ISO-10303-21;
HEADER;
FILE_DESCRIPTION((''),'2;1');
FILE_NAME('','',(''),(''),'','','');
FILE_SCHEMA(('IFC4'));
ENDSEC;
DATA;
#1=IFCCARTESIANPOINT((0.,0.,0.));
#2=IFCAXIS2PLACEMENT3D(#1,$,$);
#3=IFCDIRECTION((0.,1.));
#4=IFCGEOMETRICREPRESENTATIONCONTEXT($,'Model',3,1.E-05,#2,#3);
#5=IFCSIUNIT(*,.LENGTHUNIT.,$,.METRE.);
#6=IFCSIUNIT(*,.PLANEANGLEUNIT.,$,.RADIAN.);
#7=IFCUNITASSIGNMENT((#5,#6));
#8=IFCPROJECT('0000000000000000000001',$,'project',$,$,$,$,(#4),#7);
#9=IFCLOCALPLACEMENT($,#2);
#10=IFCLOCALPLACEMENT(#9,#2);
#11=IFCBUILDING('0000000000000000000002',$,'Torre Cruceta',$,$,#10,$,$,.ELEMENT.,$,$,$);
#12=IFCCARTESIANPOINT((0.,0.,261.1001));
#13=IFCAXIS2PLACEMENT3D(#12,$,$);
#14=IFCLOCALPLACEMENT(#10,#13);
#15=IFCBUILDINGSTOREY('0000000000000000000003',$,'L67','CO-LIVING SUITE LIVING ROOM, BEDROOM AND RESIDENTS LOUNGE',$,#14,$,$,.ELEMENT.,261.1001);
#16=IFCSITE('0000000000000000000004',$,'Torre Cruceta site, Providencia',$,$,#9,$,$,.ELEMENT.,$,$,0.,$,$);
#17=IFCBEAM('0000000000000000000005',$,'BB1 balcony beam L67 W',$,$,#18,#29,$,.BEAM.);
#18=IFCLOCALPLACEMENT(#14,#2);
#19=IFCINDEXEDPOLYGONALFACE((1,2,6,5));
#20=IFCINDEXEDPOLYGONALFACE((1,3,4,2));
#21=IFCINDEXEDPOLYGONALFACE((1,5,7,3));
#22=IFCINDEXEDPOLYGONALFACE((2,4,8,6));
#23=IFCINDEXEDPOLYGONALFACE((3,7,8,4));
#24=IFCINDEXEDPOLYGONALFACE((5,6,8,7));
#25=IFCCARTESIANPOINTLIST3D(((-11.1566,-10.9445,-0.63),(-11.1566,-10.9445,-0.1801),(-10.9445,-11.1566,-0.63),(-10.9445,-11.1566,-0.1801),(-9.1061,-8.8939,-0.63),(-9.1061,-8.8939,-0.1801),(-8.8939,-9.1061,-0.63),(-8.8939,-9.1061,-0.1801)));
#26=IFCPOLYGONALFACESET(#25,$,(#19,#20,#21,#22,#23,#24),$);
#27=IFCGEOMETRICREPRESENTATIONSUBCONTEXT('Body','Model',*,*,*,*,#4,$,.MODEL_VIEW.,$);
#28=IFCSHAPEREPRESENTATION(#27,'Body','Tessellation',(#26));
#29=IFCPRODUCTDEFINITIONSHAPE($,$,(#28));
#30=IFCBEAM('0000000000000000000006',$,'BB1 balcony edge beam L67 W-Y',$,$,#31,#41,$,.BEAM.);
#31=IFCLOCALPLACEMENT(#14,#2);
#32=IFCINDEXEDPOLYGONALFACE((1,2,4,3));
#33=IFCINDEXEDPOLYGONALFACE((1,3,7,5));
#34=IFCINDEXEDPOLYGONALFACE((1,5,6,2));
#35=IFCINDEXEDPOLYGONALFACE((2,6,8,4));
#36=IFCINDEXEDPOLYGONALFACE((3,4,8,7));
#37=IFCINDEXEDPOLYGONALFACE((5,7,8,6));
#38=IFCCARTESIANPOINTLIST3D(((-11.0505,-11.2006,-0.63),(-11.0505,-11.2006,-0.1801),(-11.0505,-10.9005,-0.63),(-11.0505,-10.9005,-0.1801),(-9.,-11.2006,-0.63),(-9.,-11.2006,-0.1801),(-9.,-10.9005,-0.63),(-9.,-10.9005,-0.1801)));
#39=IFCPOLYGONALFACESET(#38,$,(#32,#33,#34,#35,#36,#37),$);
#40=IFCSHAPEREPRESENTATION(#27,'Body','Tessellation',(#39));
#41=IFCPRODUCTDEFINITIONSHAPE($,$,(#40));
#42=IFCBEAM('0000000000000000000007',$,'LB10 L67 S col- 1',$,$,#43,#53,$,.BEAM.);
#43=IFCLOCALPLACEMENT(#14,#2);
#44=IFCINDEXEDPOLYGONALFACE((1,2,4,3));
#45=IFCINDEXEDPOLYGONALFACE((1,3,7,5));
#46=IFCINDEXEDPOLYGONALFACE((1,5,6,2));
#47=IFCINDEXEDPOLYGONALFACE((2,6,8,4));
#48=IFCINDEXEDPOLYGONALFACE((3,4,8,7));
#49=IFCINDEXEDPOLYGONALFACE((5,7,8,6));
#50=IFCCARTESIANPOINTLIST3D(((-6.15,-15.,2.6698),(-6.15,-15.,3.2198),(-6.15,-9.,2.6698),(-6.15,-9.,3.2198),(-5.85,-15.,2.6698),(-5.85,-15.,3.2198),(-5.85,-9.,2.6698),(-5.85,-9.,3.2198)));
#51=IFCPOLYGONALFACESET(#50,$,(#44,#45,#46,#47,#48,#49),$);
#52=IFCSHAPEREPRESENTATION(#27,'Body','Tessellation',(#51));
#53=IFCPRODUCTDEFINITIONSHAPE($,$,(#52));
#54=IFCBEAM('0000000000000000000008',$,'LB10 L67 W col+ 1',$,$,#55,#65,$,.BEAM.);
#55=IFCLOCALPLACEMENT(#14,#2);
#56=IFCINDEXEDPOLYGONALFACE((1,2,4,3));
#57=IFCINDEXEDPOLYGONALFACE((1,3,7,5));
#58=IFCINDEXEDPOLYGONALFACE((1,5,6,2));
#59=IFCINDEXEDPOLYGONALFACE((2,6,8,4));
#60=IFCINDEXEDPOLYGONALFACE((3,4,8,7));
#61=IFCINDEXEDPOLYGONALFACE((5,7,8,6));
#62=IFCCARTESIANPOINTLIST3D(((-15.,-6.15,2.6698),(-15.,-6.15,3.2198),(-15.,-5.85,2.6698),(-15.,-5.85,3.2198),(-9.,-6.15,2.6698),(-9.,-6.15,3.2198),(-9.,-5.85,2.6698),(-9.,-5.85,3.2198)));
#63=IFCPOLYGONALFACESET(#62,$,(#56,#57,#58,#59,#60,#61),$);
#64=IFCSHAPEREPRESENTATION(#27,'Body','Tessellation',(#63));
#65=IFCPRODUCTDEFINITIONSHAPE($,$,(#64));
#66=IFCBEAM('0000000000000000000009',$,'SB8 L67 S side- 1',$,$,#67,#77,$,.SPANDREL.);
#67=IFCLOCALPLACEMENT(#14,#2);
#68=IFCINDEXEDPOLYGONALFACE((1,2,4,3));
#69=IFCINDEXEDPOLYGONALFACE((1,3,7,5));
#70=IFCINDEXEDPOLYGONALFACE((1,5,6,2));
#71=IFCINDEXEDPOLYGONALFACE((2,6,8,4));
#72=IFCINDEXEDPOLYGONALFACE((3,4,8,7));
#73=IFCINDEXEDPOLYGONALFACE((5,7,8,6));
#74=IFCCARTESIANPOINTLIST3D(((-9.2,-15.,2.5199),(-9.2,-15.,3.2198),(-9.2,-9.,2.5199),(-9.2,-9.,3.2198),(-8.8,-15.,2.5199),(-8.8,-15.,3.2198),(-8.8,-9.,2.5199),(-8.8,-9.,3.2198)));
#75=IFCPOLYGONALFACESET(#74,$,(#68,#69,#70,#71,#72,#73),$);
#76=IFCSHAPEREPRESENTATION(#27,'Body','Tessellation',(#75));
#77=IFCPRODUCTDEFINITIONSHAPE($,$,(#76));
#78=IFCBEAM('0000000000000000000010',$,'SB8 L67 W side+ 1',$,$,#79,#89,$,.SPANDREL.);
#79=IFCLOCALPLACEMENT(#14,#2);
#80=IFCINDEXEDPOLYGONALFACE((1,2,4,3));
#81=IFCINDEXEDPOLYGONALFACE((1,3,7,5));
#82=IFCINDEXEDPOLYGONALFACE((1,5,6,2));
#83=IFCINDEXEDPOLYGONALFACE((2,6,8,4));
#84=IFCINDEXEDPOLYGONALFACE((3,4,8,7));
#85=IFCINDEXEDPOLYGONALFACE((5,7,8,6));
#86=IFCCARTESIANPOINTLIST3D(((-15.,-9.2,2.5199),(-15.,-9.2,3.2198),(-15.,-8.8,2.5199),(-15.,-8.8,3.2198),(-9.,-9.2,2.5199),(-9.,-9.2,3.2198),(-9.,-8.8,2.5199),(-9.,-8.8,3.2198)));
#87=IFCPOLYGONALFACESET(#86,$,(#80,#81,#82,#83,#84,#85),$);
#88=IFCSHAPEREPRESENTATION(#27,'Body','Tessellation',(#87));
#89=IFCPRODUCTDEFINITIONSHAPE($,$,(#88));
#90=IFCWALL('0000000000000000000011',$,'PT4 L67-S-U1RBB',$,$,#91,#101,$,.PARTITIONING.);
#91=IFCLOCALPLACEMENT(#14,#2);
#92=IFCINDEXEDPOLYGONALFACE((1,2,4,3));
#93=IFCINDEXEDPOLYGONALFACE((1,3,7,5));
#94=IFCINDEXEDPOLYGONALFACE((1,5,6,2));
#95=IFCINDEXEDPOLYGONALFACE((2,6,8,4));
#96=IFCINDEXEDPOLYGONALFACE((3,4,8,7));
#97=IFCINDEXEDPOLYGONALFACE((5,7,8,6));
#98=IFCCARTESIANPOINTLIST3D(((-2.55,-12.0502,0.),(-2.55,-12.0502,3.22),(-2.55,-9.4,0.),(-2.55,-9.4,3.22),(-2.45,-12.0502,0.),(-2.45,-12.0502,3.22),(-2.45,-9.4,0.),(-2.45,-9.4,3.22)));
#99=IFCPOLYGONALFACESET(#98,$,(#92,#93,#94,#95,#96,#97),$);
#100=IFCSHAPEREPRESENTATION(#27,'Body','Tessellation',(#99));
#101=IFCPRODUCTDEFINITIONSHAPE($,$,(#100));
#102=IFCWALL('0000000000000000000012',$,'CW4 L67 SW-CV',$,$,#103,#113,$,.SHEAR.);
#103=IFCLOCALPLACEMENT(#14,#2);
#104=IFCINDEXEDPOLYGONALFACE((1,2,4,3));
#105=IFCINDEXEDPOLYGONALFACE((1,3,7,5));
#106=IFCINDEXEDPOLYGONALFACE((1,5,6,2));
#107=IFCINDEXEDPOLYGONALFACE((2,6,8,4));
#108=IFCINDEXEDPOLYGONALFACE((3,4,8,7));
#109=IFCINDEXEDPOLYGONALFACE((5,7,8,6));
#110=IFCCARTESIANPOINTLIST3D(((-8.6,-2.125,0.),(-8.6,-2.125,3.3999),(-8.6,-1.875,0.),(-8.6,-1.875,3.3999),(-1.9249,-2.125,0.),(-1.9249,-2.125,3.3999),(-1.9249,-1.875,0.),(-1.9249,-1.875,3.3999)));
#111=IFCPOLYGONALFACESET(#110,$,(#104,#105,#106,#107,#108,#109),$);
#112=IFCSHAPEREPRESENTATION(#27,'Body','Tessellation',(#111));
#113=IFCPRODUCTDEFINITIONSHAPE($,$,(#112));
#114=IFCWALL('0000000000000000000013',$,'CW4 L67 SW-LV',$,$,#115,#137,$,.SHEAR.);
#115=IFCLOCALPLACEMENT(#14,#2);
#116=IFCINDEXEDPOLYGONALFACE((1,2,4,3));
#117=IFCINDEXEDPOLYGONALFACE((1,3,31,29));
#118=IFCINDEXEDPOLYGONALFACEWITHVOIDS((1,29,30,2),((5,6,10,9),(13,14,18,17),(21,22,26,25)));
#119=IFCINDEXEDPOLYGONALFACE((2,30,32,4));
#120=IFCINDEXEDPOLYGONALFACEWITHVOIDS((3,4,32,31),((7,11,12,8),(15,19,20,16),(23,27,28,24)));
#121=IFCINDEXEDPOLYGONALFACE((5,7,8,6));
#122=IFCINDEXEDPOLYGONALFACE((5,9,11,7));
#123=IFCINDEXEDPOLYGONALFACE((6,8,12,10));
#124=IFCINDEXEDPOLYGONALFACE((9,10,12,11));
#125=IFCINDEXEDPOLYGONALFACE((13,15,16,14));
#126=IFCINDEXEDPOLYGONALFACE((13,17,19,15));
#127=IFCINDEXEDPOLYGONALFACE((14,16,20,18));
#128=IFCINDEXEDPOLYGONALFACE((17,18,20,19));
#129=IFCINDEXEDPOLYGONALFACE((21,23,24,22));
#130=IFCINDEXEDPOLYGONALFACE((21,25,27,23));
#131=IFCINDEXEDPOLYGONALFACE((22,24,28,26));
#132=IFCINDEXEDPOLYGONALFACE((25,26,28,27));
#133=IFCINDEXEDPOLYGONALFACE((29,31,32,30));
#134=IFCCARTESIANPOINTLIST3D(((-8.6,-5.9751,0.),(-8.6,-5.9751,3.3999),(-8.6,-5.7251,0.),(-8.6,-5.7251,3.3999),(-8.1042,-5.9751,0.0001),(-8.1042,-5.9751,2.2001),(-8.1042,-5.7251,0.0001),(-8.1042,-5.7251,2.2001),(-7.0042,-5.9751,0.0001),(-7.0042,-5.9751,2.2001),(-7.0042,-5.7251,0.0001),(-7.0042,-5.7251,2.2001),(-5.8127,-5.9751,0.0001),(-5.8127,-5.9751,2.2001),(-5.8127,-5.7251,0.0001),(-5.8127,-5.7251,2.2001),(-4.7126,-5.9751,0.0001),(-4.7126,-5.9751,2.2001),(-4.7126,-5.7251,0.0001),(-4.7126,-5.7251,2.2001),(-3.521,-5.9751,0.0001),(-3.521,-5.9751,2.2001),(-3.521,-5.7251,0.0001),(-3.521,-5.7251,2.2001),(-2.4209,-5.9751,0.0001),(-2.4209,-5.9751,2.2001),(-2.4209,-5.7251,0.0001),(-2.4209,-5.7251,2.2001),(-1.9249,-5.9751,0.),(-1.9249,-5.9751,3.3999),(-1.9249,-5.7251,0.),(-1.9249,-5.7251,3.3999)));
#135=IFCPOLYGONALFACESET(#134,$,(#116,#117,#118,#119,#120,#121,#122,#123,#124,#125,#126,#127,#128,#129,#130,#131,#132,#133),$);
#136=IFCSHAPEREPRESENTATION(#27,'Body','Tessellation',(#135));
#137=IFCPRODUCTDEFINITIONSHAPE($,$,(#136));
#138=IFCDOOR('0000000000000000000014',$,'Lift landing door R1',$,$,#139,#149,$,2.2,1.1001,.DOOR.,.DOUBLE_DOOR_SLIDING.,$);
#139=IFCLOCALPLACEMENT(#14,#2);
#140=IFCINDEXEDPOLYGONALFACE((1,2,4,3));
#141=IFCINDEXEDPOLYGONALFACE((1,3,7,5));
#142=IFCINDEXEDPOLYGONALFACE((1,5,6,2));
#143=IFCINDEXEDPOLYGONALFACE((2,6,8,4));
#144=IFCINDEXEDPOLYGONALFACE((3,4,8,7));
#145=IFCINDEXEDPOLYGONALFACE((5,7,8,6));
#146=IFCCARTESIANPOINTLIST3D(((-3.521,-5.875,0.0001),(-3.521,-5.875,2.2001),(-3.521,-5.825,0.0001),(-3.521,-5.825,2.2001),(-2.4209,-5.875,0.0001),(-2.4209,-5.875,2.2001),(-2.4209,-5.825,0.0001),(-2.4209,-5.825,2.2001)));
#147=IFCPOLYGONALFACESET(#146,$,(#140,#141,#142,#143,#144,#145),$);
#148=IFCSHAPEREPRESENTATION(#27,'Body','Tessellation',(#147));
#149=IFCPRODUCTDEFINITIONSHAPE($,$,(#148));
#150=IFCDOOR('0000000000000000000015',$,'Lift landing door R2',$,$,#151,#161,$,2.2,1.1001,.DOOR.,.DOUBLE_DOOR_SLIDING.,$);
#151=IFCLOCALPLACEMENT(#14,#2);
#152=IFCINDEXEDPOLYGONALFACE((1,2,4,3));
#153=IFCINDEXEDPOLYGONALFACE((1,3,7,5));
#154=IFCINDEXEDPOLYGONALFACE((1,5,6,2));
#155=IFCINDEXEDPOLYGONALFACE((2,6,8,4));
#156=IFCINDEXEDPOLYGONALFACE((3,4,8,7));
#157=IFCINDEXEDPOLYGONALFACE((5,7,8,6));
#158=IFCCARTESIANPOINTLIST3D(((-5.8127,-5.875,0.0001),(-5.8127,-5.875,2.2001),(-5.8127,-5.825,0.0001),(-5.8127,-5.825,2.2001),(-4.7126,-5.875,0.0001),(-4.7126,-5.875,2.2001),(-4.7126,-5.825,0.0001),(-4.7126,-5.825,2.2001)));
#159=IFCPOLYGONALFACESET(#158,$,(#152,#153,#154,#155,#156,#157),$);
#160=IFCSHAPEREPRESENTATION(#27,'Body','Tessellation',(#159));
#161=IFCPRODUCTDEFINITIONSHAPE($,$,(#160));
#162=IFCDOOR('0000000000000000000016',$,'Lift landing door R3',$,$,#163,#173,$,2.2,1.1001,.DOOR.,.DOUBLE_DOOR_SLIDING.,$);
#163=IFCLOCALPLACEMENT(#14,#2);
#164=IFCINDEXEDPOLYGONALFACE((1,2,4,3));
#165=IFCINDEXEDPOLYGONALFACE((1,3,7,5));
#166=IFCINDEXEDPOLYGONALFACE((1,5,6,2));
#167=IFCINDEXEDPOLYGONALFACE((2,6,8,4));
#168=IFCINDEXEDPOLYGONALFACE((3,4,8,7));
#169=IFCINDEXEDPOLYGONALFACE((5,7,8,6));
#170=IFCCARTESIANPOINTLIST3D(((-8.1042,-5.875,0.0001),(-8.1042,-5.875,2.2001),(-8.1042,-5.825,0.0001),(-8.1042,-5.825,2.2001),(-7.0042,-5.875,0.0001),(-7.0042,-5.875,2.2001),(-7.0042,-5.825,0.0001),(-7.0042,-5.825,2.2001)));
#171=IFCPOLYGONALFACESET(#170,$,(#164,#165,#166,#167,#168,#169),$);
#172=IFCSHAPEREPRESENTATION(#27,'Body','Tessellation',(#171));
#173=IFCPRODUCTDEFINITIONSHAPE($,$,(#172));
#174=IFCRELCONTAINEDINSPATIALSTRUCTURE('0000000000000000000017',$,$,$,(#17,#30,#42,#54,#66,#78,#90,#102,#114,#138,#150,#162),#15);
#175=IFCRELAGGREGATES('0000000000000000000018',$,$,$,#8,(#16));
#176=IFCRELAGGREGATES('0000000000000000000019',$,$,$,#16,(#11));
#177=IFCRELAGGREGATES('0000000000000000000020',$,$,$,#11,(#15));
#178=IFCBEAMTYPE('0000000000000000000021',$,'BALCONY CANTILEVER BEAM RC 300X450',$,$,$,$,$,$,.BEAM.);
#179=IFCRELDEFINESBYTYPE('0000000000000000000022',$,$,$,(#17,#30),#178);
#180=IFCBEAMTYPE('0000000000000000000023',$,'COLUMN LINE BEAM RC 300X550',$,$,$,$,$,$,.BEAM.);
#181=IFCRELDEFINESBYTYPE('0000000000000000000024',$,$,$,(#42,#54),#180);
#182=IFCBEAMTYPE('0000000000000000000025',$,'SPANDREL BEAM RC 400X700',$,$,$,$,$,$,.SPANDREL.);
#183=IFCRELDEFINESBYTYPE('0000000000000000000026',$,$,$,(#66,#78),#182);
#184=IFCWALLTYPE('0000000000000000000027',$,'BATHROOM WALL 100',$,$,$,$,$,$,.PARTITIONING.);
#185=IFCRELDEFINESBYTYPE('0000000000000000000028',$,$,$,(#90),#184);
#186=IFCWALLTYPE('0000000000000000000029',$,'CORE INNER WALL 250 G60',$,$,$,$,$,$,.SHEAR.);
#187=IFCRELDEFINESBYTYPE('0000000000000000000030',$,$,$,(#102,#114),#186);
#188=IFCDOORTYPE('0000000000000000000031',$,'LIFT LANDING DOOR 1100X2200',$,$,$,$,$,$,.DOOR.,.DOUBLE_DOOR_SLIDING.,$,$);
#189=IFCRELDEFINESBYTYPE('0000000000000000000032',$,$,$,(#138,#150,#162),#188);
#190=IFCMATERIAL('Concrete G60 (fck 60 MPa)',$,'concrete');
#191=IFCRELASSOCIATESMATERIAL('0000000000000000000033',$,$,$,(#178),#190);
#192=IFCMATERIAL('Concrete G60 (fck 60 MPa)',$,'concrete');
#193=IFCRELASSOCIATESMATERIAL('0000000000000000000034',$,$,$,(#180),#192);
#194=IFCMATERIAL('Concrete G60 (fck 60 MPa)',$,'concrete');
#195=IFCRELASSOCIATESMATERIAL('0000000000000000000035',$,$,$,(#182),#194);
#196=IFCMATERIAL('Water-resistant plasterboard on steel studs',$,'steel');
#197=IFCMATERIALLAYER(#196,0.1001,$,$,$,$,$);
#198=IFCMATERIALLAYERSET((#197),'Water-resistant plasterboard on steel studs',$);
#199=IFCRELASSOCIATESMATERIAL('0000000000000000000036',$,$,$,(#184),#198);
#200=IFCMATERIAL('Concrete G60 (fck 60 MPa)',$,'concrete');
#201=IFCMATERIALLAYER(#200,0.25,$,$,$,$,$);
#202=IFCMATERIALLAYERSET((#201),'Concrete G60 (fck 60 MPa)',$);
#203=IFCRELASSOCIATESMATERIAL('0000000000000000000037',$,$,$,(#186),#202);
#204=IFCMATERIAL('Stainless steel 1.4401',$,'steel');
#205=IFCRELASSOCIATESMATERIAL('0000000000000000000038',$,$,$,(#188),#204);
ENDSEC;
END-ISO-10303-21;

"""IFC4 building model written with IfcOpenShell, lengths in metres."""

from ifc_helpers import new_model, si_unit, direction, frame, frame_2d, origin, origin_2d, place, context, subcontext, project, spatial, rectangle, extrude, material, layer, layer_set, material_profile, profile_set, type_object, element, fill, save


model = new_model("IFC4")

# Units and contexts
model_context = context("Model", 3, precision=1e-05, world=origin(), true_north=direction((0.0, 1.0)))
body_context = subcontext(model_context, "Body", "Model", "MODEL_VIEW")
ifc_project = project(units=[si_unit("LENGTHUNIT", "METRE"), si_unit("PLANEANGLEUNIT", "RADIAN")], contexts=[model_context])

# Site, building, storey
site_placement = place(None, origin())
site = spatial("IfcSite", under=ifc_project, at=site_placement, Name="Torre Cruceta site, Providencia", CompositionType="ELEMENT", RefElevation=0.0)
building_placement = place(site_placement, origin())
building = spatial("IfcBuilding", under=site, at=building_placement, Name="Torre Cruceta", CompositionType="ELEMENT")
storey_placement = place(building_placement, frame((0.0, 0.0, 261.1001)))
storey = spatial("IfcBuildingStorey", under=building, at=storey_placement, Name="L67", Description="CO-LIVING SUITE LIVING ROOM, BEDROOM AND RESIDENTS LOUNGE", CompositionType="ELEMENT", Elevation=261.1001)

# Beams
ifc_material_1 = material(Name="Concrete G60 (fck 60 MPa)", Category="concrete")
ifc_material_profile_1 = material_profile(ifc_material_1, rectangle(XDim=0.3, YDim=0.45, at=origin_2d()), Name="RC 300X450")
ifc_profile_set_1 = profile_set([ifc_material_profile_1], Name="Concrete G60 (fck 60 MPa)")
beam_type_1 = type_object("IfcBeamType", Name="BALCONY CANTILEVER BEAM RC 300X450", PredefinedType="BEAM", material=ifc_profile_set_1)
beam_1_placement = place(storey_placement, frame((-9.0, -9.0, -0.405), z_axis=(-0.707107, -0.707107, 0.0), x_axis=(0.707107, -0.707107, 0.0)))
element("IfcBeam", 1, at=beam_1_placement, inside=storey, type_object=beam_type_1, Name="BB1 balcony beam L67 W", PredefinedType="BEAM", context=body_context, shape_type="SweptSolid", body=[
    extrude(rectangle(XDim=0.3, YDim=0.45, at=origin_2d()), origin(), (0.0, 0.0, 1.0), 2.8999),
])
beam_2_placement = place(storey_placement, frame((-9.0, -11.0505, -0.405), z_axis=(-1.0, 0.0, 0.0), x_axis=(0.0, -1.0, 0.0)))
element("IfcBeam", 2, at=beam_2_placement, inside=storey, type_object=beam_type_1, Name="BB1 balcony edge beam L67 W-Y", PredefinedType="BEAM", context=body_context, shape_type="SweptSolid", body=[
    extrude(rectangle(XDim=0.3, YDim=0.45, at=origin_2d()), origin(), (0.0, 0.0, 1.0), 2.0505),
])
ifc_material_2 = material(Name="Concrete G60 (fck 60 MPa)", Category="concrete")
ifc_material_profile_2 = material_profile(ifc_material_2, rectangle(XDim=0.3, YDim=0.55, at=origin_2d()), Name="RC 300X550")
ifc_profile_set_2 = profile_set([ifc_material_profile_2], Name="Concrete G60 (fck 60 MPa)")
beam_type_2 = type_object("IfcBeamType", Name="COLUMN LINE BEAM RC 300X550", PredefinedType="BEAM", material=ifc_profile_set_2)
for number, where, z_axis, x_axis, name in (
    (3, (-6.0, -9.0, 2.9448), (0.0, -1.0, 0.0), (1.0, 0.0, 0.0), "LB10 L67 S col- 1"),
    (4, (-9.0, -6.0, 2.9448), (-1.0, 0.0, 0.0), (0.0, -1.0, 0.0), "LB10 L67 W col+ 1"),
):
    element("IfcBeam", number, at=place(storey_placement, frame(where, z_axis=z_axis, x_axis=x_axis)), inside=storey, type_object=beam_type_2, Name=name, PredefinedType="BEAM", context=body_context, shape_type="SweptSolid", body=[
        extrude(rectangle(XDim=0.3, YDim=0.55, at=origin_2d()), origin(), (0.0, 0.0, 1.0), 6.0),
    ])
ifc_material_3 = material(Name="Concrete G60 (fck 60 MPa)", Category="concrete")
ifc_material_profile_3 = material_profile(ifc_material_3, rectangle(XDim=0.3999, YDim=0.7, at=origin_2d()), Name="RC 400X700")
ifc_profile_set_3 = profile_set([ifc_material_profile_3], Name="Concrete G60 (fck 60 MPa)")
beam_type_3 = type_object("IfcBeamType", Name="SPANDREL BEAM RC 400X700", PredefinedType="SPANDREL", material=ifc_profile_set_3)
for number, where, z_axis, x_axis, name in (
    (5, (-9.0, -9.0, 2.8699), (0.0, -1.0, 0.0), (1.0, 0.0, 0.0), "SB8 L67 S side- 1"),
    (6, (-9.0, -9.0, 2.8699), (-1.0, 0.0, 0.0), (0.0, -1.0, 0.0), "SB8 L67 W side+ 1"),
):
    element("IfcBeam", number, at=place(storey_placement, frame(where, z_axis=z_axis, x_axis=x_axis)), inside=storey, type_object=beam_type_3, Name=name, PredefinedType="SPANDREL", context=body_context, shape_type="SweptSolid", body=[
        extrude(rectangle(XDim=0.3999, YDim=0.7, at=origin_2d()), origin(), (0.0, 0.0, 1.0), 6.0),
    ])

# Wall
ifc_material_4 = material(Name="Water-resistant plasterboard on steel studs", Category="steel")
ifc_layer_1 = layer(ifc_material_4, 0.1001)
ifc_layer_set_1 = layer_set([ifc_layer_1], Name="Water-resistant plasterboard on steel studs")
wall_type_1 = type_object("IfcWallType", Name="BATHROOM WALL 100", PredefinedType="PARTITIONING", material=ifc_layer_set_1)
wall_1_placement = place(storey_placement, frame((-2.5, -9.3999, 0.0), z_axis=(0.0, 0.0, 1.0), x_axis=(0.0, -1.0, 0.0)))
element("IfcWall", 7, at=wall_1_placement, inside=storey, type_object=wall_type_1, Name="PT4 L67-S-U1RBB", PredefinedType="PARTITIONING", context=body_context, shape_type="SweptSolid", body=[
    extrude(rectangle(XDim=2.6501, YDim=0.1001, at=frame_2d((1.3252, 0.0))), origin(), (0.0, 0.0, 1.0), 3.22),
])

# Shared definitions
ifc_material_5 = material(Name="Concrete G60 (fck 60 MPa)", Category="concrete")
ifc_layer_2 = layer(ifc_material_5, 0.25)
ifc_layer_set_2 = layer_set([ifc_layer_2], Name="Concrete G60 (fck 60 MPa)")
wall_type_2 = type_object("IfcWallType", Name="CORE INNER WALL 250 G60", PredefinedType="SHEAR", material=ifc_layer_set_2)

# Wall
wall_2_placement = place(storey_placement, frame((-1.925, -2.0, 0.0), z_axis=(0.0, 0.0, 1.0), x_axis=(-1.0, 0.0, 0.0)))
element("IfcWall", 8, at=wall_2_placement, inside=storey, type_object=wall_type_2, Name="CW4 L67 SW-CV", PredefinedType="SHEAR", context=body_context, shape_type="SweptSolid", body=[
    extrude(rectangle(XDim=6.675, YDim=0.25, at=frame_2d((3.3374, 0.0))), origin(), (0.0, 0.0, 1.0), 3.3999),
])

# Wall, openings, doors
wall_3_placement = place(storey_placement, frame((-1.925, -5.8501, 0.0), z_axis=(0.0, 0.0, 1.0), x_axis=(-1.0, 0.0, 0.0)))
wall_3 = element("IfcWall", 9, at=wall_3_placement, inside=storey, type_object=wall_type_2, Name="CW4 L67 SW-LV", PredefinedType="SHEAR", context=body_context, shape_type="SweptSolid", body=[
    extrude(rectangle(XDim=6.675, YDim=0.25, at=frame_2d((3.3374, 0.0))), origin(), (0.0, 0.0, 1.0), 3.3999),
])
opening_1_placement = place(wall_3_placement, frame((0.4958, 0.0, 0.0)))
opening_1 = element("IfcOpeningElement", 10, at=opening_1_placement, cuts=wall_3, PredefinedType="OPENING", context=body_context, shape_type="SweptSolid", body=[
    extrude(rectangle(XDim=1.1001, YDim=2.2, at=frame_2d((0.55, 1.1001))), frame((0.0, 0.135, 0.0), z_axis=(0.0, -1.0, 0.0), x_axis=(1.0, 0.0, 0.0)), (0.0, 0.0, 1.0), 0.27),
])
opening_2_placement = place(wall_3_placement, frame((2.7876, 0.0, 0.0)))
opening_2 = element("IfcOpeningElement", 11, at=opening_2_placement, cuts=wall_3, PredefinedType="OPENING", context=body_context, shape_type="SweptSolid", body=[
    extrude(rectangle(XDim=1.1001, YDim=2.2, at=frame_2d((0.55, 1.1001))), frame((0.0, 0.135, 0.0), z_axis=(0.0, -1.0, 0.0), x_axis=(1.0, 0.0, 0.0)), (0.0, 0.0, 1.0), 0.27),
])
opening_3_placement = place(wall_3_placement, frame((5.0791, 0.0, 0.0)))
opening_3 = element("IfcOpeningElement", 12, at=opening_3_placement, cuts=wall_3, PredefinedType="OPENING", context=body_context, shape_type="SweptSolid", body=[
    extrude(rectangle(XDim=1.1001, YDim=2.2, at=frame_2d((0.55, 1.1001))), frame((0.0, 0.135, 0.0), z_axis=(0.0, -1.0, 0.0), x_axis=(1.0, 0.0, 0.0)), (0.0, 0.0, 1.0), 0.27),
])
ifc_material_6 = material(Name="Stainless steel 1.4401", Category="steel")
door_type_1 = type_object("IfcDoorType", Name="LIFT LANDING DOOR 1100X2200", OperationType="DOUBLE_DOOR_SLIDING", PredefinedType="DOOR", material=ifc_material_6)
door_1_placement = place(opening_1_placement, origin())
door_1 = element("IfcDoor", 13, at=door_1_placement, inside=storey, type_object=door_type_1, Name="Lift landing door R1", OperationType="DOUBLE_DOOR_SLIDING", OverallHeight=2.2, OverallWidth=1.1001, PredefinedType="DOOR", context=body_context, shape_type="SweptSolid", body=[
    extrude(rectangle(XDim=1.1001, YDim=2.2, at=frame_2d((0.55, 1.1001))), frame((0.0, 0.0249, 0.0), z_axis=(0.0, -1.0, 0.0), x_axis=(1.0, 0.0, 0.0)), (0.0, 0.0, 1.0), 0.05),
])
fill(opening_1, door_1)
door_2_placement = place(opening_2_placement, origin())
door_2 = element("IfcDoor", 14, at=door_2_placement, inside=storey, type_object=door_type_1, Name="Lift landing door R2", OperationType="DOUBLE_DOOR_SLIDING", OverallHeight=2.2, OverallWidth=1.1001, PredefinedType="DOOR", context=body_context, shape_type="SweptSolid", body=[
    extrude(rectangle(XDim=1.1001, YDim=2.2, at=frame_2d((0.55, 1.1001))), frame((0.0, 0.0249, 0.0), z_axis=(0.0, -1.0, 0.0), x_axis=(1.0, 0.0, 0.0)), (0.0, 0.0, 1.0), 0.05),
])
fill(opening_2, door_2)
door_3_placement = place(opening_3_placement, origin())
door_3 = element("IfcDoor", 15, at=door_3_placement, inside=storey, type_object=door_type_1, Name="Lift landing door R3", OperationType="DOUBLE_DOOR_SLIDING", OverallHeight=2.2, OverallWidth=1.1001, PredefinedType="DOOR", context=body_context, shape_type="SweptSolid", body=[
    extrude(rectangle(XDim=1.1001, YDim=2.2, at=frame_2d((0.55, 1.1001))), frame((0.0, 0.0249, 0.0), z_axis=(0.0, -1.0, 0.0), x_axis=(1.0, 0.0, 0.0)), (0.0, 0.0, 1.0), 0.05),
])
fill(opening_3, door_3)

save(model, "model.ifc")
